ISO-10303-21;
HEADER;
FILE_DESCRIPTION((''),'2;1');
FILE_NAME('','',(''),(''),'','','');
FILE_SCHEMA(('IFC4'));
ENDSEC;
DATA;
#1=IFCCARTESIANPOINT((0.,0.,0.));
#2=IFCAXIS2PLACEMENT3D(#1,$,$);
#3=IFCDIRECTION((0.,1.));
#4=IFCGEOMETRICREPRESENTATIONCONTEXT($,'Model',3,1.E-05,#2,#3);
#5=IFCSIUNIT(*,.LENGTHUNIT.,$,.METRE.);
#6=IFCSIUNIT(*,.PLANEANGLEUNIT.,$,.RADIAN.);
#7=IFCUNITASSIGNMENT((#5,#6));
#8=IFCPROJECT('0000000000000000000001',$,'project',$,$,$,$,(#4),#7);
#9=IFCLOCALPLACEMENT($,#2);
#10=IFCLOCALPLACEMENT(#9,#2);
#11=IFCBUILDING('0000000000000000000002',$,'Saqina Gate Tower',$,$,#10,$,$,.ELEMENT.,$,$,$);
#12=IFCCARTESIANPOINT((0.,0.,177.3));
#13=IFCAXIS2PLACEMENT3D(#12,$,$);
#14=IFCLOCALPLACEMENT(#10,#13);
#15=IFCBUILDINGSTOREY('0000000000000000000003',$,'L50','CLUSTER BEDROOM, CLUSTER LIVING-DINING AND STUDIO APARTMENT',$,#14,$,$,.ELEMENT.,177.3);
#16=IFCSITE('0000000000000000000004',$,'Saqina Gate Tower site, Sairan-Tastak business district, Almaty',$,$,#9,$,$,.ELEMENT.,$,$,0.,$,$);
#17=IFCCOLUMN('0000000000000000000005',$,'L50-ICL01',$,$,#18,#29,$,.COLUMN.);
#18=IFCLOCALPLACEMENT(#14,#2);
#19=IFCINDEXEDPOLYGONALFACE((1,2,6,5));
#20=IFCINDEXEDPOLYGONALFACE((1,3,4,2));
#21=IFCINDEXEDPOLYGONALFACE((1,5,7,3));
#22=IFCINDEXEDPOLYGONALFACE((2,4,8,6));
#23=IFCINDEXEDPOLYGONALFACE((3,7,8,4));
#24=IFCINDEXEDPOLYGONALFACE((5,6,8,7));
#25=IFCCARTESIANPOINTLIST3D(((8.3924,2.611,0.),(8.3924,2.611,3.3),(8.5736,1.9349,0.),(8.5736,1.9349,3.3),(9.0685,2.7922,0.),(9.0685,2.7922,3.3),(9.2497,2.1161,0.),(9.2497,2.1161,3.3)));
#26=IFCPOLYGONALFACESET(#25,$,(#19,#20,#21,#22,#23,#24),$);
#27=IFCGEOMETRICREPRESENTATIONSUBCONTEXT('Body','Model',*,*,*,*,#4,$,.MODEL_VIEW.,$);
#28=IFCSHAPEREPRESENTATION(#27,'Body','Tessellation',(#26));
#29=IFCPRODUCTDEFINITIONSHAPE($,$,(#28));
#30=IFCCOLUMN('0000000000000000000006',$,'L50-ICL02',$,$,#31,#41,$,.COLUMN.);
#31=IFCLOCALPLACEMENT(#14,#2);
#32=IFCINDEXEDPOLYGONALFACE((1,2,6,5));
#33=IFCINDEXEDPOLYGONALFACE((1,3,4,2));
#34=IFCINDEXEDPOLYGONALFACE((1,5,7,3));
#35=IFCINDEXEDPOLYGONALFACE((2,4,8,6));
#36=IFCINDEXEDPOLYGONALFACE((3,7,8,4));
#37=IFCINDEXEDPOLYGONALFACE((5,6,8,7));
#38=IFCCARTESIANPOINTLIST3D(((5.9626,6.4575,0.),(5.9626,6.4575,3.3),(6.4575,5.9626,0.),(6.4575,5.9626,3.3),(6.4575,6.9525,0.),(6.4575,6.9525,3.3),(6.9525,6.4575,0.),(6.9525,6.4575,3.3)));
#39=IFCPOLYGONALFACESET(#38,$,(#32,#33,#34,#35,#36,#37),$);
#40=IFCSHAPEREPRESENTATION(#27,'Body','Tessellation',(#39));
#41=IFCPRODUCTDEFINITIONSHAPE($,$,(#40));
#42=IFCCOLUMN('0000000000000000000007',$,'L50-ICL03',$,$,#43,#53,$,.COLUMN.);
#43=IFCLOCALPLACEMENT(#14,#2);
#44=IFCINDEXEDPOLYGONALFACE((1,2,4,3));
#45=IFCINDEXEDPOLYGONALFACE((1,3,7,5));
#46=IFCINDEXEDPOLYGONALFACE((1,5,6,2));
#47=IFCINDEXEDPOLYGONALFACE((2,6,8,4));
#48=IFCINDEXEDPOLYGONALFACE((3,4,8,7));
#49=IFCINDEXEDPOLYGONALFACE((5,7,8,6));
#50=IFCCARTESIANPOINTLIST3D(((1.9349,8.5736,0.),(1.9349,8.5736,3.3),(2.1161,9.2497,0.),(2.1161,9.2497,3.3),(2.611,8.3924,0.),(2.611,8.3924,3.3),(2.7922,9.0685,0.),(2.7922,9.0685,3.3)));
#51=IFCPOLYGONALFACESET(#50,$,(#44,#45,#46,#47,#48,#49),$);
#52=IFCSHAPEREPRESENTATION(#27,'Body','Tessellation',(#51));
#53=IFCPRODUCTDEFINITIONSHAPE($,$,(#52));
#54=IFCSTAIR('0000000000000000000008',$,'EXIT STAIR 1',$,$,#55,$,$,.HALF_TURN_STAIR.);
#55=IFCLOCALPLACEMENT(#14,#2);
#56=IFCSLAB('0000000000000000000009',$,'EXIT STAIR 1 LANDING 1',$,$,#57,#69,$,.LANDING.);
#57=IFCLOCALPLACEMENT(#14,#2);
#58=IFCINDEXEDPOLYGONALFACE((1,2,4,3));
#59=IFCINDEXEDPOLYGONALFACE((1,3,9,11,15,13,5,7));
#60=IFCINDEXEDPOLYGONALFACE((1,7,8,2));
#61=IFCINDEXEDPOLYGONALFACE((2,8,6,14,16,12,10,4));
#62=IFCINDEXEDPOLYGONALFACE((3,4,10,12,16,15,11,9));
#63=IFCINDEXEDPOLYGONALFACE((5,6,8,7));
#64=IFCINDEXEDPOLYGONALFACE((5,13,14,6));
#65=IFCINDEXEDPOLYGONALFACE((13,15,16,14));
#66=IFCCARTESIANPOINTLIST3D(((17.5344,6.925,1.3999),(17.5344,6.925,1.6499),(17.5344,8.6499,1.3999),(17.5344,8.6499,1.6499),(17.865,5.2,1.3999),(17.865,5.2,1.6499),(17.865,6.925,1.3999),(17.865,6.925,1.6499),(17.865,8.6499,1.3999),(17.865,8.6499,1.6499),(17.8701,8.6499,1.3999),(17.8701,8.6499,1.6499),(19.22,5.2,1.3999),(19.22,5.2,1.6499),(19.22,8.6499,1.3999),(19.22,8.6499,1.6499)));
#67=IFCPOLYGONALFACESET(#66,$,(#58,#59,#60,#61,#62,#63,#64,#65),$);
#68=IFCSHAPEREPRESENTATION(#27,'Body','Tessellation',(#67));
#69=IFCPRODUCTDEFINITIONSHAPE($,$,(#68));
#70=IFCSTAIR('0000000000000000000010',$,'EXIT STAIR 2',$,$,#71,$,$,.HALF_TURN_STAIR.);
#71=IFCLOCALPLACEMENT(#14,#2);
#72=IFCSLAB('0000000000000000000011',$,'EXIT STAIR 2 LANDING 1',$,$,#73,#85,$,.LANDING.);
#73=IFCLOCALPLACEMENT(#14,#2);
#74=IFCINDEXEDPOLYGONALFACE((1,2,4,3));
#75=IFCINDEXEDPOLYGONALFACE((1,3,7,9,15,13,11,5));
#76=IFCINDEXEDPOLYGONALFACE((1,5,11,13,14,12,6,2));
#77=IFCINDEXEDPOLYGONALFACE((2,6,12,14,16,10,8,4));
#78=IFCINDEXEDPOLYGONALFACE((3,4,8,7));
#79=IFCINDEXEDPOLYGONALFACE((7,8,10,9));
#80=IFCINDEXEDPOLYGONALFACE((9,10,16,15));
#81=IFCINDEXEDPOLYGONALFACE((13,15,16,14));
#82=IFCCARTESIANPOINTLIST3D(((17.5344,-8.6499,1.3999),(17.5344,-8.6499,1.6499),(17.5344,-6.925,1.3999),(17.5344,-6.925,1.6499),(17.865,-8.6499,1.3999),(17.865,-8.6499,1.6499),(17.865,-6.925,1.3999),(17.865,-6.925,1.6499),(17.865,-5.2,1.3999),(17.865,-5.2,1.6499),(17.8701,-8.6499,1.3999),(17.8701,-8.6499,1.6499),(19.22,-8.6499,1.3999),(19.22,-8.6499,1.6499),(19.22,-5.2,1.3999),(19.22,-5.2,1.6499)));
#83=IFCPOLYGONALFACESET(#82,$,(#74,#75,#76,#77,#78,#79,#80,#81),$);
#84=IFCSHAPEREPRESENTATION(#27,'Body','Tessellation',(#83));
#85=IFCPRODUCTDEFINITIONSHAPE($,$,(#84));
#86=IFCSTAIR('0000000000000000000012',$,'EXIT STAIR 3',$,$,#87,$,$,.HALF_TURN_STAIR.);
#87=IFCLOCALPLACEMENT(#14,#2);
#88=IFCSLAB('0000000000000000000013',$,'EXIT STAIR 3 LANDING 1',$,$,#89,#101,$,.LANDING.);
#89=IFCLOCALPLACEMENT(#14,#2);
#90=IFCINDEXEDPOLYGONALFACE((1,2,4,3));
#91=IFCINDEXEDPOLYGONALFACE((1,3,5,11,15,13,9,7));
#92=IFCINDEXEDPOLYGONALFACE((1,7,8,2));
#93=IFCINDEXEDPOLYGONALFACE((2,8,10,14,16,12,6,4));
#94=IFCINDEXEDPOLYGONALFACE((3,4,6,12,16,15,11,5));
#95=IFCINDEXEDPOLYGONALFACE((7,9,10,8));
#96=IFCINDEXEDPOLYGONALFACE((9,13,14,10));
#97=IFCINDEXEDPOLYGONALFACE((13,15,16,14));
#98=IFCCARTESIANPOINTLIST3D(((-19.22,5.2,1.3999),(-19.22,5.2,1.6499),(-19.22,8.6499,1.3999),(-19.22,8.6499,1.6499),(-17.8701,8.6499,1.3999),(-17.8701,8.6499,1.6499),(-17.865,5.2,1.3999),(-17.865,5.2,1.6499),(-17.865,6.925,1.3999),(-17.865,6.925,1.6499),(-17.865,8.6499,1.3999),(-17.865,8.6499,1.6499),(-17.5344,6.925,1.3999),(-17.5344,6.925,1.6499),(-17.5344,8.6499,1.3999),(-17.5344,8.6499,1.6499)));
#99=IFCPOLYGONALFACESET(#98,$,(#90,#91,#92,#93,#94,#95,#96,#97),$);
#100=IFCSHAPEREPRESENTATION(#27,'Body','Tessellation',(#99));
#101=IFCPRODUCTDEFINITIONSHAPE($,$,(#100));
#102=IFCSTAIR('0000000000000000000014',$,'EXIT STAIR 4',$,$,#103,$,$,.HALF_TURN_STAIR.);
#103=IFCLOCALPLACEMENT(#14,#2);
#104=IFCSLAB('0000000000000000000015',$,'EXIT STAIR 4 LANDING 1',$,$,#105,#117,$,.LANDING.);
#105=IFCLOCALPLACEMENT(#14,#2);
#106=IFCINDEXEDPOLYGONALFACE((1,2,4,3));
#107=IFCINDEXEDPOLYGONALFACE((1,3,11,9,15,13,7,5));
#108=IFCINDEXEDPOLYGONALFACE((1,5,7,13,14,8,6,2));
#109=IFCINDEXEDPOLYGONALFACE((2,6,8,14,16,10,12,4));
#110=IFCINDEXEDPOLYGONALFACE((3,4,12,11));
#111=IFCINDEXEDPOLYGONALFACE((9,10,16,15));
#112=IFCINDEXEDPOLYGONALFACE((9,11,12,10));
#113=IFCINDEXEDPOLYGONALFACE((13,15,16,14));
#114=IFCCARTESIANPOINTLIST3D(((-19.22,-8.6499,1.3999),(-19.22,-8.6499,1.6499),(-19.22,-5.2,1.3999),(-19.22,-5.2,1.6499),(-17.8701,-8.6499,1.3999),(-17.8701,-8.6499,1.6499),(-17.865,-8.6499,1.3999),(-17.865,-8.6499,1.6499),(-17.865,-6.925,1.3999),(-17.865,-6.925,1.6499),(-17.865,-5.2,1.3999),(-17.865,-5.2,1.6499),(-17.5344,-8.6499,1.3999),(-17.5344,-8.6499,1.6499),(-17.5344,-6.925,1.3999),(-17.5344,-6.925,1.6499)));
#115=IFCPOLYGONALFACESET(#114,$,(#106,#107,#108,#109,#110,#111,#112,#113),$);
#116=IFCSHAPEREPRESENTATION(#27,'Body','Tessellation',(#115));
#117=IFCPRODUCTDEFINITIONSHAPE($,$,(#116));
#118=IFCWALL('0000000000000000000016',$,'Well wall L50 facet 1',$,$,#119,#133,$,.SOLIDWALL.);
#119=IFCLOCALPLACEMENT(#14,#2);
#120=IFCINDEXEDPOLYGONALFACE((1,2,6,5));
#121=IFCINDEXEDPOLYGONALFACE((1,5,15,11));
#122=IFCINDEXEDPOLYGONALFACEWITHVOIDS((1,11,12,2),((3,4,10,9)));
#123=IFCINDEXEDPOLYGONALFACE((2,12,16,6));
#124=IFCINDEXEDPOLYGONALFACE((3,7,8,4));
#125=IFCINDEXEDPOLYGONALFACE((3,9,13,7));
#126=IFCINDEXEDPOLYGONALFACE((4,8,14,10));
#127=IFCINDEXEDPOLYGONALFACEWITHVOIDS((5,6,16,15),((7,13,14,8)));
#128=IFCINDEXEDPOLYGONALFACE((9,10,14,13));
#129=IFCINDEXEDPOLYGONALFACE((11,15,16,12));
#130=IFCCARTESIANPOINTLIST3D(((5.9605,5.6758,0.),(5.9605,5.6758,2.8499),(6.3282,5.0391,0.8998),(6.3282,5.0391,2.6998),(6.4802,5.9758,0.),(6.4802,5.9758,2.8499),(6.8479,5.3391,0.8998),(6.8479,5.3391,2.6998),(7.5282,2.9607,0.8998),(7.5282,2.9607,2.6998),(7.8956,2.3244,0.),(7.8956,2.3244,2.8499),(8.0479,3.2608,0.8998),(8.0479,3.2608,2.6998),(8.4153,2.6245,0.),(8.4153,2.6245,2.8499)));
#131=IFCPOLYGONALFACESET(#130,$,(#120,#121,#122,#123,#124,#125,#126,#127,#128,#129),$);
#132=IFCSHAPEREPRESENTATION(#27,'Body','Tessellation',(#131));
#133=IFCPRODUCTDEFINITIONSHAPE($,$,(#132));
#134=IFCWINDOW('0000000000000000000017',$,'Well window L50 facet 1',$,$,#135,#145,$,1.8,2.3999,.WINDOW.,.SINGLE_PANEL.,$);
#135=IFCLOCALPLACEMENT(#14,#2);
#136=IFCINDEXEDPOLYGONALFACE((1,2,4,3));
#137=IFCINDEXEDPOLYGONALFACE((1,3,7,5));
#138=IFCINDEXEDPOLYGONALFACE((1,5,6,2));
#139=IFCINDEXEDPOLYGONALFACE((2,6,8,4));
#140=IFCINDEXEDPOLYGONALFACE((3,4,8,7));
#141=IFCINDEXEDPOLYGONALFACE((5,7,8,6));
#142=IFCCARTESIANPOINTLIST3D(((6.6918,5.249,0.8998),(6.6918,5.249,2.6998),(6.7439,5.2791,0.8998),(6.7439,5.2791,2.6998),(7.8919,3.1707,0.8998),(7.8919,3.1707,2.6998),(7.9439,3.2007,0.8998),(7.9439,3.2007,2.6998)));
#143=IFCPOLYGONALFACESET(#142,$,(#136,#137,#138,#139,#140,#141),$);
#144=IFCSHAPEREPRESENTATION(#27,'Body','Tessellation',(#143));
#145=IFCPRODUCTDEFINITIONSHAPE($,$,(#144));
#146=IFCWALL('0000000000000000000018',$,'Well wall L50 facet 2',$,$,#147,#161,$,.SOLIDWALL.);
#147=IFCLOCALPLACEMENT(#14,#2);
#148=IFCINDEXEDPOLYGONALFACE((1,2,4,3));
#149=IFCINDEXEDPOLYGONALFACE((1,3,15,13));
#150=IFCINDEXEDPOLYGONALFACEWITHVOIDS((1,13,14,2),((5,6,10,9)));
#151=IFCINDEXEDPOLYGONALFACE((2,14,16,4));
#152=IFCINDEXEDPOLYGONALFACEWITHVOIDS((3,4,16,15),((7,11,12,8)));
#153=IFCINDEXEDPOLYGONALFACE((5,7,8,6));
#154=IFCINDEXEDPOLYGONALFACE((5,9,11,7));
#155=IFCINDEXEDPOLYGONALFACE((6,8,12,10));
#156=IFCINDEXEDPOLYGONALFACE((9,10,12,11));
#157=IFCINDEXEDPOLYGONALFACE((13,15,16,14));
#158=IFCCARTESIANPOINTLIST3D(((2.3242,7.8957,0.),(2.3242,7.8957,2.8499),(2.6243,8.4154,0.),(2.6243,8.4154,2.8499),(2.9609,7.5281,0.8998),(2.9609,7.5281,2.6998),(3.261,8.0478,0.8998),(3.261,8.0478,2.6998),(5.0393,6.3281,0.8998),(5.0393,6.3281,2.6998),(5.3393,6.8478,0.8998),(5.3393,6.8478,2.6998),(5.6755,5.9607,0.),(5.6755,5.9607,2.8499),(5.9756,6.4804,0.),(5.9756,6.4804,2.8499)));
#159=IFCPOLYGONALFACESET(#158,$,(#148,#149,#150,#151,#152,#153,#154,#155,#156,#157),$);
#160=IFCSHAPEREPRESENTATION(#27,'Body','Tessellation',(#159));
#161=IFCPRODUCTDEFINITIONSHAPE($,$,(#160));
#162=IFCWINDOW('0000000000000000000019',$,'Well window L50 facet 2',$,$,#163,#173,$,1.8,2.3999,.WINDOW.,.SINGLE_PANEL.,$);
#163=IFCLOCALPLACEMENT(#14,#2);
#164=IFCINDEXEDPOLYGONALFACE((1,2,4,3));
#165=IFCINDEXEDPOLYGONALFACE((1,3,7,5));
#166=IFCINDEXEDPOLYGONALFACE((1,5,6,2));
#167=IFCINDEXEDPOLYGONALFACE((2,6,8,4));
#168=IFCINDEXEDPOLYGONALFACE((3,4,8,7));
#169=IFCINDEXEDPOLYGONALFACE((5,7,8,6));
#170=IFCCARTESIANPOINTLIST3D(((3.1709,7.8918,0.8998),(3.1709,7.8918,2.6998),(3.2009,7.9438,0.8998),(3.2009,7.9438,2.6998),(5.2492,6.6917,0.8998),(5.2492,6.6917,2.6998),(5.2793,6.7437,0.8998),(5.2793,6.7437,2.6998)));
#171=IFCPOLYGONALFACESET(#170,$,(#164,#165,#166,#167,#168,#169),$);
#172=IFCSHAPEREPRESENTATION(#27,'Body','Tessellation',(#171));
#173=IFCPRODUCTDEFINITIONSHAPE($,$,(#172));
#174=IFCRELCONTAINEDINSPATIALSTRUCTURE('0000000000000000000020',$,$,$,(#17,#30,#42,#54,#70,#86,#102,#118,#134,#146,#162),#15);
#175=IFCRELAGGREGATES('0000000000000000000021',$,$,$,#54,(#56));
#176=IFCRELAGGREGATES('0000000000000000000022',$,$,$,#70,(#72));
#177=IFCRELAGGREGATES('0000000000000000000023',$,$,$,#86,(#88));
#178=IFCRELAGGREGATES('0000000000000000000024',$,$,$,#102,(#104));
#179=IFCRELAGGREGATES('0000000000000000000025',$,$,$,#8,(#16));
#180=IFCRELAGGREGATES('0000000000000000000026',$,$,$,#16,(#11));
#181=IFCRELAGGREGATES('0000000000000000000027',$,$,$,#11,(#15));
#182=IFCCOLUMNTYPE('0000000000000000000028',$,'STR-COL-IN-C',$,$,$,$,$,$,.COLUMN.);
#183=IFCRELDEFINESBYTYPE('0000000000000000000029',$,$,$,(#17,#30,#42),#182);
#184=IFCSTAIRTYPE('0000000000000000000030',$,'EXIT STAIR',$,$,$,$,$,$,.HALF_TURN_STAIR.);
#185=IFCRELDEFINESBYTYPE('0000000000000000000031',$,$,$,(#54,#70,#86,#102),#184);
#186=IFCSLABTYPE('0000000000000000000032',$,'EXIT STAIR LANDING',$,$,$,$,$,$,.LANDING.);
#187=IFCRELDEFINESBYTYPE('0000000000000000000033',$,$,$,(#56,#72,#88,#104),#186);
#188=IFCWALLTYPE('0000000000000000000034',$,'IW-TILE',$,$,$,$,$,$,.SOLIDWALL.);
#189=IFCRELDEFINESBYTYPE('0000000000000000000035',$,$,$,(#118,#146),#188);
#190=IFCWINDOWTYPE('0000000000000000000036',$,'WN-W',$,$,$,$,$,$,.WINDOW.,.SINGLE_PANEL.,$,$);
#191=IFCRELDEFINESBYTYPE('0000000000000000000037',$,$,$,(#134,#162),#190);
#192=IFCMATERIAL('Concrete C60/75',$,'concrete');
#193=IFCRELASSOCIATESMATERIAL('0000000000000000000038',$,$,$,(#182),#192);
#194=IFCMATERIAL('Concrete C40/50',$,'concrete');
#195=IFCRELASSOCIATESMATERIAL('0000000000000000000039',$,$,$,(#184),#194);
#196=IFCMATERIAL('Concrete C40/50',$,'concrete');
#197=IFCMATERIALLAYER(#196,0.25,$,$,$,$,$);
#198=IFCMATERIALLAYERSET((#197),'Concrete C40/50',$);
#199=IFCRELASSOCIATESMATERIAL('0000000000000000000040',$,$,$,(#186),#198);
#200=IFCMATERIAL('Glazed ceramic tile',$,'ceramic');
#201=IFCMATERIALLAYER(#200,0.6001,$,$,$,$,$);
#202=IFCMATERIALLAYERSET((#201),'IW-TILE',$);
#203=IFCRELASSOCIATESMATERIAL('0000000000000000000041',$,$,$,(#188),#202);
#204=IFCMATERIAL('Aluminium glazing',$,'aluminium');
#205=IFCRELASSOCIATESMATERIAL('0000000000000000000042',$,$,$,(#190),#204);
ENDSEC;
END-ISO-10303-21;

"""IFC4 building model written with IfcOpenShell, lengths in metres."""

from ifc_helpers import new_model, si_unit, direction, frame, frame_2d, origin, origin_2d, place, context, subcontext, project, spatial, polyline, rectangle, outline, extrude, material, layer, layer_set, material_profile, profile_set, type_object, element, fill, aggregate, save


model = new_model("IFC4")

# Units and contexts
model_context = context("Model", 3, precision=1e-05, world=origin(), true_north=direction((0.0, 1.0)))
body_context = subcontext(model_context, "Body", "Model", "MODEL_VIEW")
ifc_project = project(units=[si_unit("LENGTHUNIT", "METRE"), si_unit("PLANEANGLEUNIT", "RADIAN")], contexts=[model_context])

# Site, building, storey
site_placement = place(None, origin())
site = spatial("IfcSite", under=ifc_project, at=site_placement, Name="Saqina Gate Tower site, Sairan-Tastak business district, Almaty", CompositionType="ELEMENT", RefElevation=0.0)
building_placement = place(site_placement, origin())
building = spatial("IfcBuilding", under=site, at=building_placement, Name="Saqina Gate Tower", CompositionType="ELEMENT")
storey_placement = place(building_placement, frame((0.0, 0.0, 177.3)))
storey = spatial("IfcBuildingStorey", under=building, at=storey_placement, Name="L50", Description="CLUSTER BEDROOM, CLUSTER LIVING-DINING AND STUDIO APARTMENT", CompositionType="ELEMENT", Elevation=177.3)

# Columns
ifc_material_1 = material(Name="Concrete C60/75", Category="concrete")
ifc_material_profile = material_profile(ifc_material_1, rectangle(XDim=0.7, YDim=0.7, at=origin_2d()), Name="RC 700x700")
ifc_profile_set = profile_set([ifc_material_profile], Name="Concrete C60/75")
column_type = type_object("IfcColumnType", Name="STR-COL-IN-C", PredefinedType="COLUMN", material=ifc_profile_set)
for number, where, z_axis, x_axis, name in (
    (1, (8.821, 2.3635, 0.0), (0.0, 0.0, 1.0), (0.965926, 0.258819, 0.0), "L50-ICL01"),
    (2, (6.4575, 6.4575, 0.0), (0.0, 0.0, 1.0), (0.707107, 0.707107, 0.0), "L50-ICL02"),
    (3, (2.3635, 8.821, 0.0), (0.0, 0.0, 1.0), (0.258819, 0.965926, 0.0), "L50-ICL03"),
):
    element("IfcColumn", number, at=place(storey_placement, frame(where, z_axis=z_axis, x_axis=x_axis)), inside=storey, type_object=column_type, Name=name, PredefinedType="COLUMN", context=body_context, shape_type="SweptSolid", body=[
        extrude(rectangle(XDim=0.7, YDim=0.7, at=origin_2d()), origin(), (0.0, 0.0, 1.0), 3.3),
    ])

# Stairs, slabs
ifc_material_2 = material(Name="Concrete C40/50", Category="concrete")
stair_type = type_object("IfcStairType", Name="EXIT STAIR", PredefinedType="HALF_TURN_STAIR", material=ifc_material_2)
stair_1_placement = place(storey_placement, origin())
stair_1 = element("IfcStair", 4, at=stair_1_placement, inside=storey, type_object=stair_type, Name="EXIT STAIR 1", PredefinedType="HALF_TURN_STAIR")
ifc_material_3 = material(Name="Concrete C40/50", Category="concrete")
ifc_layer_1 = layer(ifc_material_3, 0.25)
ifc_layer_set_1 = layer_set([ifc_layer_1], Name="Concrete C40/50")
slab_type = type_object("IfcSlabType", Name="EXIT STAIR LANDING", PredefinedType="LANDING", material=ifc_layer_set_1)
slab_1_placement = place(storey_placement, frame((0.0, 0.0, 1.3999)))
slab_1 = element("IfcSlab", 5, at=slab_1_placement, type_object=slab_type, Name="EXIT STAIR 1 LANDING 1", PredefinedType="LANDING", context=body_context, shape_type="SweptSolid", body=[
    extrude(outline(polyline([(19.22, 8.6499), (19.22, 5.2), (17.865, 5.2), (17.865, 6.925), (17.5344, 6.925), (17.5344, 8.6499), (17.865, 8.6499), (17.8701, 8.6499), (19.22, 8.6499)])), origin(), (0.0, 0.0, 1.0), 0.25),
])
aggregate(stair_1, [slab_1])
stair_2_placement = place(storey_placement, origin())
stair_2 = element("IfcStair", 6, at=stair_2_placement, inside=storey, type_object=stair_type, Name="EXIT STAIR 2", PredefinedType="HALF_TURN_STAIR")
slab_2_placement = place(storey_placement, frame((0.0, 0.0, 1.3999)))
slab_2 = element("IfcSlab", 7, at=slab_2_placement, type_object=slab_type, Name="EXIT STAIR 2 LANDING 1", PredefinedType="LANDING", context=body_context, shape_type="SweptSolid", body=[
    extrude(outline(polyline([(17.5344, -8.6499), (17.5344, -6.925), (17.865, -6.925), (17.865, -5.2), (19.22, -5.2), (19.22, -8.6499), (17.8701, -8.6499), (17.865, -8.6499), (17.5344, -8.6499)])), origin(), (0.0, 0.0, 1.0), 0.25),
])
aggregate(stair_2, [slab_2])
stair_3_placement = place(storey_placement, origin())
stair_3 = element("IfcStair", 8, at=stair_3_placement, inside=storey, type_object=stair_type, Name="EXIT STAIR 3", PredefinedType="HALF_TURN_STAIR")
slab_3_placement = place(storey_placement, frame((0.0, 0.0, 1.3999)))
slab_3 = element("IfcSlab", 9, at=slab_3_placement, type_object=slab_type, Name="EXIT STAIR 3 LANDING 1", PredefinedType="LANDING", context=body_context, shape_type="SweptSolid", body=[
    extrude(outline(polyline([(-17.865, 5.2), (-19.22, 5.2), (-19.22, 8.6499), (-17.8701, 8.6499), (-17.865, 8.6499), (-17.5344, 8.6499), (-17.5344, 6.925), (-17.865, 6.925), (-17.865, 5.2)])), origin(), (0.0, 0.0, 1.0), 0.25),
])
aggregate(stair_3, [slab_3])
stair_4_placement = place(storey_placement, origin())
stair_4 = element("IfcStair", 10, at=stair_4_placement, inside=storey, type_object=stair_type, Name="EXIT STAIR 4", PredefinedType="HALF_TURN_STAIR")
slab_4_placement = place(storey_placement, frame((0.0, 0.0, 1.3999)))
slab_4 = element("IfcSlab", 11, at=slab_4_placement, type_object=slab_type, Name="EXIT STAIR 4 LANDING 1", PredefinedType="LANDING", context=body_context, shape_type="SweptSolid", body=[
    extrude(outline(polyline([(-17.5344, -6.925), (-17.5344, -8.6499), (-17.865, -8.6499), (-17.8701, -8.6499), (-19.22, -8.6499), (-19.22, -5.2), (-17.865, -5.2), (-17.865, -6.925), (-17.5344, -6.925)])), origin(), (0.0, 0.0, 1.0), 0.25),
])
aggregate(stair_4, [slab_4])

# Walls, openings, windows
ifc_material_4 = material(Name="Glazed ceramic tile", Category="ceramic")
ifc_layer_2 = layer(ifc_material_4, 0.6001)
ifc_layer_set_2 = layer_set([ifc_layer_2], Name="IW-TILE")
wall_type_1 = type_object("IfcWallType", Name="IW-TILE", PredefinedType="SOLIDWALL", material=ifc_layer_set_2)
wall_1_placement = place(storey_placement, frame((8.1555, 2.4744, 0.0), z_axis=(0.0, 0.0, 1.0), x_axis=(-0.500034, 0.866006, 0.0)))
wall_1 = element("IfcWall", 12, at=wall_1_placement, inside=storey, type_object=wall_type_1, Name="Well wall L50 facet 1", PredefinedType="SOLIDWALL", context=body_context, shape_type="SweptSolid", body=[
    extrude(rectangle(XDim=3.8699, YDim=0.6001, at=frame_2d((1.9351, 0.0))), origin(), (0.0, 0.0, 1.0), 2.8499),
])
opening_1_placement = place(wall_1_placement, frame((0.7349, 0.0, 0.8999)))
opening_1 = element("IfcOpeningElement", 13, at=opening_1_placement, cuts=wall_1, PredefinedType="OPENING", context=body_context, shape_type="SweptSolid", body=[
    extrude(rectangle(XDim=2.3999, YDim=1.8, at=frame_2d((1.2, 0.8999))), frame((0.0, 0.312, 0.0), z_axis=(0.0, -1.0, 0.0), x_axis=(1.0, 0.0, 0.0)), (0.0, 0.0, 1.0), 0.624),
])
ifc_material_5 = material(Name="Aluminium glazing", Category="aluminium")
window_type = type_object("IfcWindowType", Name="WN-W", PartitioningType="SINGLE_PANEL", PredefinedType="WINDOW", material=ifc_material_5)
window_1_placement = place(opening_1_placement, origin())
window_1 = element("IfcWindow", 14, at=window_1_placement, inside=storey, type_object=window_type, Name="Well window L50 facet 1", OverallHeight=1.8, OverallWidth=2.3999, PartitioningType="SINGLE_PANEL", PredefinedType="WINDOW", context=body_context, shape_type="SweptSolid", body=[
    extrude(rectangle(XDim=2.3999, YDim=1.8, at=frame_2d((1.2, 0.8999))), frame((0.0, -0.1199, 0.0), z_axis=(0.0, -1.0, 0.0), x_axis=(1.0, 0.0, 0.0)), (0.0, 0.0, 1.0), 0.0601),
])
fill(opening_1, window_1)
wall_2_placement = place(storey_placement, frame((5.8257, 6.2205, 0.0), z_axis=(0.0, 0.0, 1.0), x_axis=(-0.866006, 0.500034, 0.0)))
wall_2 = element("IfcWall", 15, at=wall_2_placement, inside=storey, type_object=wall_type_1, Name="Well wall L50 facet 2", PredefinedType="SOLIDWALL", context=body_context, shape_type="SweptSolid", body=[
    extrude(rectangle(XDim=3.8699, YDim=0.6001, at=frame_2d((1.9351, 0.0))), origin(), (0.0, 0.0, 1.0), 2.8499),
])
opening_2_placement = place(wall_2_placement, frame((0.7349, 0.0, 0.8999)))
opening_2 = element("IfcOpeningElement", 16, at=opening_2_placement, cuts=wall_2, PredefinedType="OPENING", context=body_context, shape_type="SweptSolid", body=[
    extrude(rectangle(XDim=2.3999, YDim=1.8, at=frame_2d((1.2, 0.8999))), frame((0.0, 0.312, 0.0), z_axis=(0.0, -1.0, 0.0), x_axis=(1.0, 0.0, 0.0)), (0.0, 0.0, 1.0), 0.624),
])
window_2_placement = place(opening_2_placement, origin())
window_2 = element("IfcWindow", 17, at=window_2_placement, inside=storey, type_object=window_type, Name="Well window L50 facet 2", OverallHeight=1.8, OverallWidth=2.3999, PartitioningType="SINGLE_PANEL", PredefinedType="WINDOW", context=body_context, shape_type="SweptSolid", body=[
    extrude(rectangle(XDim=2.3999, YDim=1.8, at=frame_2d((1.2, 0.8999))), frame((0.0, -0.1199, 0.0), z_axis=(0.0, -1.0, 0.0), x_axis=(1.0, 0.0, 0.0)), (0.0, 0.0, 1.0), 0.0601),
])
fill(opening_2, window_2)

save(model, "model.ifc")
